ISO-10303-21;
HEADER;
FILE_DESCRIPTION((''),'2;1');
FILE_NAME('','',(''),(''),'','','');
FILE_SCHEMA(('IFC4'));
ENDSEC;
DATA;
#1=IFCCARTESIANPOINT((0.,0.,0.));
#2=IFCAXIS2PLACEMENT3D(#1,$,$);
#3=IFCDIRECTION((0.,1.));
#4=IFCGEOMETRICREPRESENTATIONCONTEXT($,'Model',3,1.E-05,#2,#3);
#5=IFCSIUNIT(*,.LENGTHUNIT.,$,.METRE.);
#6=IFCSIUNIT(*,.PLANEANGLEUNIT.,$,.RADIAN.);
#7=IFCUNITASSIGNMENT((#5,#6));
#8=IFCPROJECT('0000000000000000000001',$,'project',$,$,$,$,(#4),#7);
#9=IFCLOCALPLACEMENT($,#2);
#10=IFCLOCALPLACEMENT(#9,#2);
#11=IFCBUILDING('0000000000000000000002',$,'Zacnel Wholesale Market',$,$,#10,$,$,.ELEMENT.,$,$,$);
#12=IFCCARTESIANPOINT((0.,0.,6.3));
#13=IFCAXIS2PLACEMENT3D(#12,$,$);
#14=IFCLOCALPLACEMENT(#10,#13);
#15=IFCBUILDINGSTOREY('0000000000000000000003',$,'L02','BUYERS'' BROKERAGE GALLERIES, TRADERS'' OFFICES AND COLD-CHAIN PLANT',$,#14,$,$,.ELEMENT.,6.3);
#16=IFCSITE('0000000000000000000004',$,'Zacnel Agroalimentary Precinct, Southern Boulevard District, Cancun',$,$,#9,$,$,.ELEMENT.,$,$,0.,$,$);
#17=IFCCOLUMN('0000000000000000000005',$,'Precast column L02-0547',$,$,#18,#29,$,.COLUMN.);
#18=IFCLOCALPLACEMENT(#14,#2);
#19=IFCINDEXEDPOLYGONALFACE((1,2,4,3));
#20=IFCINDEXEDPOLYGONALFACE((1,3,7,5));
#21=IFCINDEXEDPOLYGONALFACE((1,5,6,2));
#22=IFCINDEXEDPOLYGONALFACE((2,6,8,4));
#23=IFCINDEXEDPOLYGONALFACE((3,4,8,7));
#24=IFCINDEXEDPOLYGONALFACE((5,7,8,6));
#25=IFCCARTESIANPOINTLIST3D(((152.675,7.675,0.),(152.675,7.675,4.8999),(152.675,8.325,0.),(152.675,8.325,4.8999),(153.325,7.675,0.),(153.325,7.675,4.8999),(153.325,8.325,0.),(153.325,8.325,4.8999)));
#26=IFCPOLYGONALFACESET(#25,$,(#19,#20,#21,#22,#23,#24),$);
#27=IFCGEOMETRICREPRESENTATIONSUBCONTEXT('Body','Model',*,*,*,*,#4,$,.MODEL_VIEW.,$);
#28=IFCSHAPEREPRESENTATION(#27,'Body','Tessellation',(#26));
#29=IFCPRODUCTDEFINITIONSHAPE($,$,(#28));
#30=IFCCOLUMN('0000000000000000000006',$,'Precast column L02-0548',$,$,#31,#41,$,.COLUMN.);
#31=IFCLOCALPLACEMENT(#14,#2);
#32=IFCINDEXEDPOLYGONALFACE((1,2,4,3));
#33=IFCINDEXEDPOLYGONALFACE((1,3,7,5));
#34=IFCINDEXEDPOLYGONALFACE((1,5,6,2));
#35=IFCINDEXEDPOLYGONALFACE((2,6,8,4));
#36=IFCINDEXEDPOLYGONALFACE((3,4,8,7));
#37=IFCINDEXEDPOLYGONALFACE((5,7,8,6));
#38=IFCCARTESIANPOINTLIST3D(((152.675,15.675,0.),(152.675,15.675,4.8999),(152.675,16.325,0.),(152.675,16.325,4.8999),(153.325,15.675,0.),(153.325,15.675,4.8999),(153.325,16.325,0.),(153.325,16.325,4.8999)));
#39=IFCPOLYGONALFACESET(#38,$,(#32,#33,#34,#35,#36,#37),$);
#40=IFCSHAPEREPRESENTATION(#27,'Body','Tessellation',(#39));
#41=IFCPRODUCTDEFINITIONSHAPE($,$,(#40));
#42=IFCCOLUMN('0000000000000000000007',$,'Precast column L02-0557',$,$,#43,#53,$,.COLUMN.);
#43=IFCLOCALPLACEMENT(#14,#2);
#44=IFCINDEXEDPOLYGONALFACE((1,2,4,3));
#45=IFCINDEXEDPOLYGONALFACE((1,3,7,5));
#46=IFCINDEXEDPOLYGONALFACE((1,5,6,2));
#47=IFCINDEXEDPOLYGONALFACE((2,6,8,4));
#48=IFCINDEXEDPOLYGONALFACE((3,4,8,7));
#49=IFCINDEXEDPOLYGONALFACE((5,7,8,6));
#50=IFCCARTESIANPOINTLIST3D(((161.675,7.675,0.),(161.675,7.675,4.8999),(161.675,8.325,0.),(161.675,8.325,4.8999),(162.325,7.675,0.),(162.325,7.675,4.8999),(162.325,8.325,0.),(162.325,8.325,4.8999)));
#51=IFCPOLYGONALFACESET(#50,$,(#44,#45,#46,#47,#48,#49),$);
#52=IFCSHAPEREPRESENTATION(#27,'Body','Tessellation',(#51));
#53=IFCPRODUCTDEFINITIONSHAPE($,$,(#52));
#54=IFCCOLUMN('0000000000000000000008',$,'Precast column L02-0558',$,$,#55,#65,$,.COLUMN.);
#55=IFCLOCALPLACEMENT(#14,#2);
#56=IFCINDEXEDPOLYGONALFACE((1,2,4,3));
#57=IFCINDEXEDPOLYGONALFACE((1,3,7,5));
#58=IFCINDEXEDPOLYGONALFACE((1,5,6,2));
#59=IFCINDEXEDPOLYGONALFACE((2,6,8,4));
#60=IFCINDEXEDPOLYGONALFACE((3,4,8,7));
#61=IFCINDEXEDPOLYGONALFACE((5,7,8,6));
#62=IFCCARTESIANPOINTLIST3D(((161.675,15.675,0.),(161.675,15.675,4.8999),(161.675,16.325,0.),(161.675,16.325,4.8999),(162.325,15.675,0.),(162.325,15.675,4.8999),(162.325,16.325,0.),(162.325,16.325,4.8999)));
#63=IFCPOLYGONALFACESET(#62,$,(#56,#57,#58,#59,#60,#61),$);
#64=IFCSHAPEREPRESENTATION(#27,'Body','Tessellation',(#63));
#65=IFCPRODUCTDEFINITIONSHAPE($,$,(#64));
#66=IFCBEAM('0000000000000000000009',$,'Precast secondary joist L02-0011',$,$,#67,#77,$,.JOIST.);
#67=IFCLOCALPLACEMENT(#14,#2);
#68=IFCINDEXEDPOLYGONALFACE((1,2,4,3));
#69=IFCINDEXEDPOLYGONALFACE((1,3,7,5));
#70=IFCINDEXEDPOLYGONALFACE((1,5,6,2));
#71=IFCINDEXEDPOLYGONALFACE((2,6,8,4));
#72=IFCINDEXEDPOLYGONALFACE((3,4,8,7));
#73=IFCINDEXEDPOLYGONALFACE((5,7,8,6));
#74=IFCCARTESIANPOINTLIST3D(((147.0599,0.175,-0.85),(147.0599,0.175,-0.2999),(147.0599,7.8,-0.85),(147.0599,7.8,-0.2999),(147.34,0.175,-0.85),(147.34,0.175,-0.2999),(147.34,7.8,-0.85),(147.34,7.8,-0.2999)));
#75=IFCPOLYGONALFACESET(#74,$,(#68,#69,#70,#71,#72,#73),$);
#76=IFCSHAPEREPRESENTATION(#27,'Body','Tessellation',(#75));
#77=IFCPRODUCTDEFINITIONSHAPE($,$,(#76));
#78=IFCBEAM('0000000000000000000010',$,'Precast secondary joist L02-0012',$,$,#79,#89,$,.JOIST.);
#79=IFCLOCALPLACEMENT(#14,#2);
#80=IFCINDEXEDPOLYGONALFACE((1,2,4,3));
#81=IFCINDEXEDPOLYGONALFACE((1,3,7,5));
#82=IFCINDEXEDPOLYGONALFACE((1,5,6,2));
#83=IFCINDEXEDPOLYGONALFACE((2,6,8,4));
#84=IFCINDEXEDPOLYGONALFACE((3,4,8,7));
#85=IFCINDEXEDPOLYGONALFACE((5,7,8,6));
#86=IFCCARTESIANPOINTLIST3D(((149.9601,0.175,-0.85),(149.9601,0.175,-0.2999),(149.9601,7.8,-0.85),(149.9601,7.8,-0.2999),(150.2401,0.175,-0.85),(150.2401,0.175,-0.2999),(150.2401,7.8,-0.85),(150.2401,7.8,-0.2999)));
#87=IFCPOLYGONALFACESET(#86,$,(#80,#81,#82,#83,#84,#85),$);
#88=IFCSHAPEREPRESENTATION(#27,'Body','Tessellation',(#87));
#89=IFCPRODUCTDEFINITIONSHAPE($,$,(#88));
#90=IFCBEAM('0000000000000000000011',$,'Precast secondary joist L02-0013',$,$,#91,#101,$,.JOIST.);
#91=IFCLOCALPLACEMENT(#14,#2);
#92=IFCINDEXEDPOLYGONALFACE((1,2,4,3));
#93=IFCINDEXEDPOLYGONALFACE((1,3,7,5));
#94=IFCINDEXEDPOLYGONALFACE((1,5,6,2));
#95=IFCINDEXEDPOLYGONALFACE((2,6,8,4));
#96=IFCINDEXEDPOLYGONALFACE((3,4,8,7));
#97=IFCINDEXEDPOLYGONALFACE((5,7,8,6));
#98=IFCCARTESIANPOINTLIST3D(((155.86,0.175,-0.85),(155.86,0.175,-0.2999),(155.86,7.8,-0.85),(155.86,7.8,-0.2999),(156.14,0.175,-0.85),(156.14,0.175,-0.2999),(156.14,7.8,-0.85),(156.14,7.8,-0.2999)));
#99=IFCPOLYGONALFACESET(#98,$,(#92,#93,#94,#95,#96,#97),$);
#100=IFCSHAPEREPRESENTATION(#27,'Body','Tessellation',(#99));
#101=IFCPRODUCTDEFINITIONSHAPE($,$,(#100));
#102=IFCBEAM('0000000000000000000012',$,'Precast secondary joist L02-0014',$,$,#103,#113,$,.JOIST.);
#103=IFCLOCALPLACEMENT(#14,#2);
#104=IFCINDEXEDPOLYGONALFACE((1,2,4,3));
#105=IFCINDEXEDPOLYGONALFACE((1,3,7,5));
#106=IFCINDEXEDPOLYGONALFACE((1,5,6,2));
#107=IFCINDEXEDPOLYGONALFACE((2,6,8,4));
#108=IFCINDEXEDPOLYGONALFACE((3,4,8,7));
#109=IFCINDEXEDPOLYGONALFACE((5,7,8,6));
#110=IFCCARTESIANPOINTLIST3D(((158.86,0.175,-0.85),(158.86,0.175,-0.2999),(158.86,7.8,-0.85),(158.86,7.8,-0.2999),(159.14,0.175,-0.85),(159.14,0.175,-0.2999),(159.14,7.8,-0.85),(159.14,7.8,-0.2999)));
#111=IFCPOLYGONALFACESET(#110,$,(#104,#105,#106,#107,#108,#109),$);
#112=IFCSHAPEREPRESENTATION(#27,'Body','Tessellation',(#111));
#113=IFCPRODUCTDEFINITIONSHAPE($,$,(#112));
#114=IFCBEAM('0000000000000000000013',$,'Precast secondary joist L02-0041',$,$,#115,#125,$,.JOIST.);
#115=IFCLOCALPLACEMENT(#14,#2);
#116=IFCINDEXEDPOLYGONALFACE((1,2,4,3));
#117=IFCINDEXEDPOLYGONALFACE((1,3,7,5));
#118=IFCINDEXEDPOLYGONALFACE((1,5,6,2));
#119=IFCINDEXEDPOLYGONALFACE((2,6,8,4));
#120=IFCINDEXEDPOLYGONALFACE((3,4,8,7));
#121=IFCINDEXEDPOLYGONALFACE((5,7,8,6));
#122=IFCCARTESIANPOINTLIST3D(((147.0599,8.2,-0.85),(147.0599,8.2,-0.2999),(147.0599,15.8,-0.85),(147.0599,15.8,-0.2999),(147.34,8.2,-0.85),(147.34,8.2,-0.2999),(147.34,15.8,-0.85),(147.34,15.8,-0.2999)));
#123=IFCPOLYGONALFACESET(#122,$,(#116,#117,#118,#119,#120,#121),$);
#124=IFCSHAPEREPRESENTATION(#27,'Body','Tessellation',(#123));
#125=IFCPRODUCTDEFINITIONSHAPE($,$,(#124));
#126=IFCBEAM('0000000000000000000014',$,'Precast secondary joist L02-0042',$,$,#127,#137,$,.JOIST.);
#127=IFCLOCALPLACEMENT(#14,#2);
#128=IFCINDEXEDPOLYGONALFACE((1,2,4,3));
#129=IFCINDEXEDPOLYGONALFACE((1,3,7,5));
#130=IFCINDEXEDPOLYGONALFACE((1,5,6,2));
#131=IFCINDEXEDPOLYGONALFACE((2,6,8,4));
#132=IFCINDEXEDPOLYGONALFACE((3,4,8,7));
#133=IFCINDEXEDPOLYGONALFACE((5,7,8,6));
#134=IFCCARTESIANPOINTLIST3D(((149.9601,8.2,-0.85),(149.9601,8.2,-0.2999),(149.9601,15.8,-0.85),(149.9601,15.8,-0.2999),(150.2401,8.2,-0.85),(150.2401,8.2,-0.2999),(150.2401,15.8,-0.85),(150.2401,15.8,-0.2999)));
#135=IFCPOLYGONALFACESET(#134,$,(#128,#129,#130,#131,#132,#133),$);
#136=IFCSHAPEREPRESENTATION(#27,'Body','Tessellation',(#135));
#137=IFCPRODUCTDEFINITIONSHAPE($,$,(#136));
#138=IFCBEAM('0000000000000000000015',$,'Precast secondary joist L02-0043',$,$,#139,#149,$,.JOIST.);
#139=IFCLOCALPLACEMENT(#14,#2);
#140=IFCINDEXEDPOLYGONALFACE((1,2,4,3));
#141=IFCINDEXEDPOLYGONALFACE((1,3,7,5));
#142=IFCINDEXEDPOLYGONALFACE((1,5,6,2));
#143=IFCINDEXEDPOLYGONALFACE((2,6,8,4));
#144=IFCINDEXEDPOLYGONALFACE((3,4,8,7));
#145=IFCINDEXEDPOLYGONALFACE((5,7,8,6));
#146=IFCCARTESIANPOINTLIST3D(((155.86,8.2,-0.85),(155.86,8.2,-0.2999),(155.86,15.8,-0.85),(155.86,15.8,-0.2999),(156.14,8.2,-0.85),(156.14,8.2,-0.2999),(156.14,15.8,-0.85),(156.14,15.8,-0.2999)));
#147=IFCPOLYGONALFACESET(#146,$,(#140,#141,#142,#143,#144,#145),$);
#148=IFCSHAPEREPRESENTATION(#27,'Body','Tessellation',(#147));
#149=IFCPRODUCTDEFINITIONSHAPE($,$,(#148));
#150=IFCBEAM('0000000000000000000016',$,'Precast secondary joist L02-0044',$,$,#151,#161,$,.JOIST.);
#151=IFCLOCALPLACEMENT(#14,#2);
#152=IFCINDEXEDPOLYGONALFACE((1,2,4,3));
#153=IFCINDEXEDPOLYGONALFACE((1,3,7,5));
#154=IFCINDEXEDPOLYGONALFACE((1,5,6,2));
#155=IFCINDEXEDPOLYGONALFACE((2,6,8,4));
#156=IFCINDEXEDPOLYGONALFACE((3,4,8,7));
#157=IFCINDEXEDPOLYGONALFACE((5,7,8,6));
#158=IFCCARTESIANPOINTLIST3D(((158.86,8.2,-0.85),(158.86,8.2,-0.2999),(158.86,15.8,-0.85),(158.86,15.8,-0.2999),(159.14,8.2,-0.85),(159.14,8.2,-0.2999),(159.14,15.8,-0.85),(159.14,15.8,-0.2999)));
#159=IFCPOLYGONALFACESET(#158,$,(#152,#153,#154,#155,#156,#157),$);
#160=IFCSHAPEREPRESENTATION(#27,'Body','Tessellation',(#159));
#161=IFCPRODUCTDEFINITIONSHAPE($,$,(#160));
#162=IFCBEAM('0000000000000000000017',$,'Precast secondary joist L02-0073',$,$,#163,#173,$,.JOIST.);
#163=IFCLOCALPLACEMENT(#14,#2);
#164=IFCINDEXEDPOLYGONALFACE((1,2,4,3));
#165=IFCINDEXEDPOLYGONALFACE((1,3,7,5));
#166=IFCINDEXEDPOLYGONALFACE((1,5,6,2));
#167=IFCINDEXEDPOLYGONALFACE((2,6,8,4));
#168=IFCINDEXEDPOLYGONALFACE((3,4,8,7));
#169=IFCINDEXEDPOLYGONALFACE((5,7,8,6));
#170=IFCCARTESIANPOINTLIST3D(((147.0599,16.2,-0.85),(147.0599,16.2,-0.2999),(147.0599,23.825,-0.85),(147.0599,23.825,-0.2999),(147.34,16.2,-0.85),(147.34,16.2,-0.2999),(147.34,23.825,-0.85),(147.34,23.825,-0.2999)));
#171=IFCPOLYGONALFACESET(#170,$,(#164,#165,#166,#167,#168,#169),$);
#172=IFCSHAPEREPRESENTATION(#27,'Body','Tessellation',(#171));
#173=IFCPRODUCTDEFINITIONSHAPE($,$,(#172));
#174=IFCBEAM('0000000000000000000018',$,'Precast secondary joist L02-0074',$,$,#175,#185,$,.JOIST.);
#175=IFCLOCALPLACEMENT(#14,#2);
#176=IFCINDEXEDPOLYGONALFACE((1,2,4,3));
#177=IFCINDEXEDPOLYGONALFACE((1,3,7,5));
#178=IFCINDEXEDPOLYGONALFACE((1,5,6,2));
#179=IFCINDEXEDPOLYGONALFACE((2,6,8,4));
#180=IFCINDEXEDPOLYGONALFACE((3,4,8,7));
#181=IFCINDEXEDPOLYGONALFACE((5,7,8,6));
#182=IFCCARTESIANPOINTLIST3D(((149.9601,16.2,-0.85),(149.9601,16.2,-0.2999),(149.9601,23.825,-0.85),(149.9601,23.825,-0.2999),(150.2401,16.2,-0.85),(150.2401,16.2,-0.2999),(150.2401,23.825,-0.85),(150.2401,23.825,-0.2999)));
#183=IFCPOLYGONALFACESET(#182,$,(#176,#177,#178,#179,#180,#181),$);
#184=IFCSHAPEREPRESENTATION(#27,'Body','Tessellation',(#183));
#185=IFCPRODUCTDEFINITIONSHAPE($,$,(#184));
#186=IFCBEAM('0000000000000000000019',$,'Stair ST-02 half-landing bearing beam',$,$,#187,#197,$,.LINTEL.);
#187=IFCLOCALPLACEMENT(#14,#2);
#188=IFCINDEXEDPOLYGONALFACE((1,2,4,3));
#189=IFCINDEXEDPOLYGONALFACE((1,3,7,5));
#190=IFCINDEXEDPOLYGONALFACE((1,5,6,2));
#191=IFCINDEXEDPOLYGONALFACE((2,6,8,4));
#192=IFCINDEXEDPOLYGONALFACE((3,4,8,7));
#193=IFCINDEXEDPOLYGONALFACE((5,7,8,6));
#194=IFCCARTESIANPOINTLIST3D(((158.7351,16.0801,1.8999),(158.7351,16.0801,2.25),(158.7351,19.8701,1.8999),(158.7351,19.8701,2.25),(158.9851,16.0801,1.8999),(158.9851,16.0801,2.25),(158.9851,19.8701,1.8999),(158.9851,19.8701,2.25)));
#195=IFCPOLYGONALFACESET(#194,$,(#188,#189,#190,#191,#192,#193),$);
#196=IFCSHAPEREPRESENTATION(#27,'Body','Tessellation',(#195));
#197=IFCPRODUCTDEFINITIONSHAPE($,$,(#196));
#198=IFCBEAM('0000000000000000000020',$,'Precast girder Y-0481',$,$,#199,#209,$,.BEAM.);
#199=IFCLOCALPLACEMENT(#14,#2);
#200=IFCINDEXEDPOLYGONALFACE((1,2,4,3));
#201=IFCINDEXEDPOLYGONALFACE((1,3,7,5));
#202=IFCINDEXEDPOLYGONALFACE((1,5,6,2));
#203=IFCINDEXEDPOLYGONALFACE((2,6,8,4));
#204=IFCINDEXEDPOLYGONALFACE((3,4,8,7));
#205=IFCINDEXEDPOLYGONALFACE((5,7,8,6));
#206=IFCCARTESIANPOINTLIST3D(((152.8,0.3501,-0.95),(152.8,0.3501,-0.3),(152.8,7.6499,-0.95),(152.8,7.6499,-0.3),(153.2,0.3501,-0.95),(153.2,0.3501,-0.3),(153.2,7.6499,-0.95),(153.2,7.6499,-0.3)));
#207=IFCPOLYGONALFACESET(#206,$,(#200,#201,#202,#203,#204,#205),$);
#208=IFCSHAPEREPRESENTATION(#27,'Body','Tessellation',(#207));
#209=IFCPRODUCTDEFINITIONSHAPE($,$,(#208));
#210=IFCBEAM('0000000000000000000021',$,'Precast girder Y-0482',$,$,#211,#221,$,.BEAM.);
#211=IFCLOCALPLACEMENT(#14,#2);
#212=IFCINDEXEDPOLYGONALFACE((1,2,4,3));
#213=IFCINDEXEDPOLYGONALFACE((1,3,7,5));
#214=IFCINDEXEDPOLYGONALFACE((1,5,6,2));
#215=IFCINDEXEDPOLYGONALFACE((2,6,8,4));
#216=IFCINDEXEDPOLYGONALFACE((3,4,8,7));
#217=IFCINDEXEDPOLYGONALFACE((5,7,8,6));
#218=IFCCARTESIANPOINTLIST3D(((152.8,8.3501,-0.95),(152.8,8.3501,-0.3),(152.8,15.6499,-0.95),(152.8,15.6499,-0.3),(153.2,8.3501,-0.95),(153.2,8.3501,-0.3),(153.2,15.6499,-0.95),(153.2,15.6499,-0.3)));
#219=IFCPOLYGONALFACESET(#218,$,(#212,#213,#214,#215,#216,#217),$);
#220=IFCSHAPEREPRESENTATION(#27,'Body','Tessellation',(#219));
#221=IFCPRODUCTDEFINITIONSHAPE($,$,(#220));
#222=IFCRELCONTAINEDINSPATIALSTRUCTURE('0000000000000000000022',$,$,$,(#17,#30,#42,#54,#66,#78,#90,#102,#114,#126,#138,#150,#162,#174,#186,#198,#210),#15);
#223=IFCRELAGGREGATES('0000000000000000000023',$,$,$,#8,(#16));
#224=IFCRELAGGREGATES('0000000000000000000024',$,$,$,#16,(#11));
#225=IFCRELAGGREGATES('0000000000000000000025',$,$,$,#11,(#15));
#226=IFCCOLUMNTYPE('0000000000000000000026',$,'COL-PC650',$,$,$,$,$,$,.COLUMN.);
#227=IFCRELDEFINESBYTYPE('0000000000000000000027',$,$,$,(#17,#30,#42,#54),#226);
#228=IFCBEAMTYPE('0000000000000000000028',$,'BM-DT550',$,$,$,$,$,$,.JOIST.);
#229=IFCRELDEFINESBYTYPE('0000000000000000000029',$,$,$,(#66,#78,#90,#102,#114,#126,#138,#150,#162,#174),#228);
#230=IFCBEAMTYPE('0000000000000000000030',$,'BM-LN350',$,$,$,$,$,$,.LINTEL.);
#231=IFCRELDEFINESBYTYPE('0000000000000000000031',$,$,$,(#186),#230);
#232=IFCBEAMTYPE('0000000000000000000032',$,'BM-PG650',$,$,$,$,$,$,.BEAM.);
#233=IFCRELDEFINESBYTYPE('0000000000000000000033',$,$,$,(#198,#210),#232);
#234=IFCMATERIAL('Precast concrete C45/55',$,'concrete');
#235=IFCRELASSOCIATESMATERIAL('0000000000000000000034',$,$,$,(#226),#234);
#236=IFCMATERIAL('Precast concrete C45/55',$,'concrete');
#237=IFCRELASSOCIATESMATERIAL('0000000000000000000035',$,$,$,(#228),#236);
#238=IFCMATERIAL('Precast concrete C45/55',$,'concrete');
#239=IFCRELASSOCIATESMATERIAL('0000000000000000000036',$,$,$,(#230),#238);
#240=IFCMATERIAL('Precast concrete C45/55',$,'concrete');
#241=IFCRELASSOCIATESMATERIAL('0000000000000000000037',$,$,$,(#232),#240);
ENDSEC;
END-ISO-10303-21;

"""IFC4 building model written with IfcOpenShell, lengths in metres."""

from ifc_helpers import new_model, si_unit, direction, frame, origin, origin_2d, place, context, subcontext, project, spatial, rectangle, extrude, material, material_profile, profile_set, type_object, element, save


model = new_model("IFC4")

# Units and contexts
model_context = context("Model", 3, precision=1e-05, world=origin(), true_north=direction((0.0, 1.0)))
body_context = subcontext(model_context, "Body", "Model", "MODEL_VIEW")
ifc_project = project(units=[si_unit("LENGTHUNIT", "METRE"), si_unit("PLANEANGLEUNIT", "RADIAN")], contexts=[model_context])

# Site, building, storey
site_placement = place(None, origin())
site = spatial("IfcSite", under=ifc_project, at=site_placement, Name="Zacnel Agroalimentary Precinct, Southern Boulevard District, Cancun", CompositionType="ELEMENT", RefElevation=0.0)
building_placement = place(site_placement, origin())
building = spatial("IfcBuilding", under=site, at=building_placement, Name="Zacnel Wholesale Market", CompositionType="ELEMENT")
storey_placement = place(building_placement, frame((0.0, 0.0, 6.3)))
storey = spatial("IfcBuildingStorey", under=building, at=storey_placement, Name="L02", Description="BUYERS' BROKERAGE GALLERIES, TRADERS' OFFICES AND COLD-CHAIN PLANT", CompositionType="ELEMENT", Elevation=6.3)

# Columns
ifc_material_1 = material(Name="Precast concrete C45/55", Category="concrete")
ifc_material_profile_1 = material_profile(ifc_material_1, rectangle(XDim=0.6499, YDim=0.6499, at=origin_2d()), Name="PC 650x650")
ifc_profile_set_1 = profile_set([ifc_material_profile_1], Name="Precast concrete C45/55")
column_type = type_object("IfcColumnType", Name="COL-PC650", PredefinedType="COLUMN", material=ifc_profile_set_1)
for number, where, z_axis, x_axis, name in (
    (1, (153.0, 8.0, 0.0), (0.0, 0.0, 1.0), (1.0, 0.0, 0.0), "Precast column L02-0547"),
    (2, (153.0, 16.0, 0.0), (0.0, 0.0, 1.0), (1.0, 0.0, 0.0), "Precast column L02-0548"),
    (3, (162.0, 8.0, 0.0), (0.0, 0.0, 1.0), (1.0, 0.0, 0.0), "Precast column L02-0557"),
    (4, (162.0, 16.0, 0.0), (0.0, 0.0, 1.0), (1.0, 0.0, 0.0), "Precast column L02-0558"),
):
    element("IfcColumn", number, at=place(storey_placement, frame(where, z_axis=z_axis, x_axis=x_axis)), inside=storey, type_object=column_type, Name=name, PredefinedType="COLUMN", context=body_context, shape_type="SweptSolid", body=[
        extrude(rectangle(XDim=0.6499, YDim=0.6499, at=origin_2d()), origin(), (0.0, 0.0, 1.0), 4.8999),
    ])

# Beams
ifc_material_2 = material(Name="Precast concrete C45/55", Category="concrete")
ifc_material_profile_2 = material_profile(ifc_material_2, rectangle(XDim=0.28, YDim=0.55, at=origin_2d()), Name="DT RIB 280x550")
ifc_profile_set_2 = profile_set([ifc_material_profile_2], Name="Precast concrete C45/55")
beam_type_1 = type_object("IfcBeamType", Name="BM-DT550", PredefinedType="JOIST", material=ifc_profile_set_2)
for number, where, z_axis, x_axis, name in (
    (5, (147.2, 0.175, -0.575), (0.0, 1.0, 0.0), (-1.0, 0.0, 0.0), "Precast secondary joist L02-0011"),
    (6, (150.1001, 0.175, -0.575), (0.0, 1.0, 0.0), (-1.0, 0.0, 0.0), "Precast secondary joist L02-0012"),
    (7, (156.0, 0.175, -0.575), (0.0, 1.0, 0.0), (-1.0, 0.0, 0.0), "Precast secondary joist L02-0013"),
    (8, (159.0, 0.175, -0.575), (0.0, 1.0, 0.0), (-1.0, 0.0, 0.0), "Precast secondary joist L02-0014"),
):
    element("IfcBeam", number, at=place(storey_placement, frame(where, z_axis=z_axis, x_axis=x_axis)), inside=storey, type_object=beam_type_1, Name=name, PredefinedType="JOIST", context=body_context, shape_type="SweptSolid", body=[
        extrude(rectangle(XDim=0.28, YDim=0.55, at=origin_2d()), origin(), (0.0, 0.0, 1.0), 7.625),
    ])
for number, where, z_axis, x_axis, name in (
    (9, (147.2, 8.2, -0.575), (0.0, 1.0, 0.0), (-1.0, 0.0, 0.0), "Precast secondary joist L02-0041"),
    (10, (150.1001, 8.2, -0.575), (0.0, 1.0, 0.0), (-1.0, 0.0, 0.0), "Precast secondary joist L02-0042"),
    (11, (156.0, 8.2, -0.575), (0.0, 1.0, 0.0), (-1.0, 0.0, 0.0), "Precast secondary joist L02-0043"),
    (12, (159.0, 8.2, -0.575), (0.0, 1.0, 0.0), (-1.0, 0.0, 0.0), "Precast secondary joist L02-0044"),
):
    element("IfcBeam", number, at=place(storey_placement, frame(where, z_axis=z_axis, x_axis=x_axis)), inside=storey, type_object=beam_type_1, Name=name, PredefinedType="JOIST", context=body_context, shape_type="SweptSolid", body=[
        extrude(rectangle(XDim=0.28, YDim=0.55, at=origin_2d()), origin(), (0.0, 0.0, 1.0), 7.6001),
    ])
for number, where, z_axis, x_axis, name in (
    (13, (147.2, 16.2, -0.575), (0.0, 1.0, 0.0), (-1.0, 0.0, 0.0), "Precast secondary joist L02-0073"),
    (14, (150.1001, 16.2, -0.575), (0.0, 1.0, 0.0), (-1.0, 0.0, 0.0), "Precast secondary joist L02-0074"),
):
    element("IfcBeam", number, at=place(storey_placement, frame(where, z_axis=z_axis, x_axis=x_axis)), inside=storey, type_object=beam_type_1, Name=name, PredefinedType="JOIST", context=body_context, shape_type="SweptSolid", body=[
        extrude(rectangle(XDim=0.28, YDim=0.55, at=origin_2d()), origin(), (0.0, 0.0, 1.0), 7.625),
    ])
ifc_material_3 = material(Name="Precast concrete C45/55", Category="concrete")
ifc_material_profile_3 = material_profile(ifc_material_3, rectangle(XDim=0.25, YDim=0.3501, at=origin_2d()), Name="LN 250x350")
ifc_profile_set_3 = profile_set([ifc_material_profile_3], Name="Precast concrete C45/55")
beam_type_2 = type_object("IfcBeamType", Name="BM-LN350", PredefinedType="LINTEL", material=ifc_profile_set_3)
beam_placement = place(storey_placement, frame((158.8601, 16.0801, 2.075), z_axis=(0.0, 1.0, 0.0), x_axis=(-1.0, 0.0, 0.0)))
element("IfcBeam", 15, at=beam_placement, inside=storey, type_object=beam_type_2, Name="Stair ST-02 half-landing bearing beam", PredefinedType="LINTEL", context=body_context, shape_type="SweptSolid", body=[
    extrude(rectangle(XDim=0.25, YDim=0.3501, at=origin_2d()), origin(), (0.0, 0.0, 1.0), 3.79),
])
ifc_material_4 = material(Name="Precast concrete C45/55", Category="concrete")
ifc_material_profile_4 = material_profile(ifc_material_4, rectangle(XDim=0.3999, YDim=0.6499, at=origin_2d()), Name="PG 400x650")
ifc_profile_set_4 = profile_set([ifc_material_profile_4], Name="Precast concrete C45/55")
beam_type_3 = type_object("IfcBeamType", Name="BM-PG650", PredefinedType="BEAM", material=ifc_profile_set_4)
for number, where, z_axis, x_axis, name in (
    (16, (153.0, 0.3501, -0.625), (0.0, 1.0, 0.0), (-1.0, 0.0, 0.0), "Precast girder Y-0481"),
    (17, (153.0, 8.3501, -0.625), (0.0, 1.0, 0.0), (-1.0, 0.0, 0.0), "Precast girder Y-0482"),
):
    element("IfcBeam", number, at=place(storey_placement, frame(where, z_axis=z_axis, x_axis=x_axis)), inside=storey, type_object=beam_type_3, Name=name, PredefinedType="BEAM", context=body_context, shape_type="SweptSolid", body=[
        extrude(rectangle(XDim=0.3999, YDim=0.6499, at=origin_2d()), origin(), (0.0, 0.0, 1.0), 7.2998),
    ])

save(model, "model.ifc")
